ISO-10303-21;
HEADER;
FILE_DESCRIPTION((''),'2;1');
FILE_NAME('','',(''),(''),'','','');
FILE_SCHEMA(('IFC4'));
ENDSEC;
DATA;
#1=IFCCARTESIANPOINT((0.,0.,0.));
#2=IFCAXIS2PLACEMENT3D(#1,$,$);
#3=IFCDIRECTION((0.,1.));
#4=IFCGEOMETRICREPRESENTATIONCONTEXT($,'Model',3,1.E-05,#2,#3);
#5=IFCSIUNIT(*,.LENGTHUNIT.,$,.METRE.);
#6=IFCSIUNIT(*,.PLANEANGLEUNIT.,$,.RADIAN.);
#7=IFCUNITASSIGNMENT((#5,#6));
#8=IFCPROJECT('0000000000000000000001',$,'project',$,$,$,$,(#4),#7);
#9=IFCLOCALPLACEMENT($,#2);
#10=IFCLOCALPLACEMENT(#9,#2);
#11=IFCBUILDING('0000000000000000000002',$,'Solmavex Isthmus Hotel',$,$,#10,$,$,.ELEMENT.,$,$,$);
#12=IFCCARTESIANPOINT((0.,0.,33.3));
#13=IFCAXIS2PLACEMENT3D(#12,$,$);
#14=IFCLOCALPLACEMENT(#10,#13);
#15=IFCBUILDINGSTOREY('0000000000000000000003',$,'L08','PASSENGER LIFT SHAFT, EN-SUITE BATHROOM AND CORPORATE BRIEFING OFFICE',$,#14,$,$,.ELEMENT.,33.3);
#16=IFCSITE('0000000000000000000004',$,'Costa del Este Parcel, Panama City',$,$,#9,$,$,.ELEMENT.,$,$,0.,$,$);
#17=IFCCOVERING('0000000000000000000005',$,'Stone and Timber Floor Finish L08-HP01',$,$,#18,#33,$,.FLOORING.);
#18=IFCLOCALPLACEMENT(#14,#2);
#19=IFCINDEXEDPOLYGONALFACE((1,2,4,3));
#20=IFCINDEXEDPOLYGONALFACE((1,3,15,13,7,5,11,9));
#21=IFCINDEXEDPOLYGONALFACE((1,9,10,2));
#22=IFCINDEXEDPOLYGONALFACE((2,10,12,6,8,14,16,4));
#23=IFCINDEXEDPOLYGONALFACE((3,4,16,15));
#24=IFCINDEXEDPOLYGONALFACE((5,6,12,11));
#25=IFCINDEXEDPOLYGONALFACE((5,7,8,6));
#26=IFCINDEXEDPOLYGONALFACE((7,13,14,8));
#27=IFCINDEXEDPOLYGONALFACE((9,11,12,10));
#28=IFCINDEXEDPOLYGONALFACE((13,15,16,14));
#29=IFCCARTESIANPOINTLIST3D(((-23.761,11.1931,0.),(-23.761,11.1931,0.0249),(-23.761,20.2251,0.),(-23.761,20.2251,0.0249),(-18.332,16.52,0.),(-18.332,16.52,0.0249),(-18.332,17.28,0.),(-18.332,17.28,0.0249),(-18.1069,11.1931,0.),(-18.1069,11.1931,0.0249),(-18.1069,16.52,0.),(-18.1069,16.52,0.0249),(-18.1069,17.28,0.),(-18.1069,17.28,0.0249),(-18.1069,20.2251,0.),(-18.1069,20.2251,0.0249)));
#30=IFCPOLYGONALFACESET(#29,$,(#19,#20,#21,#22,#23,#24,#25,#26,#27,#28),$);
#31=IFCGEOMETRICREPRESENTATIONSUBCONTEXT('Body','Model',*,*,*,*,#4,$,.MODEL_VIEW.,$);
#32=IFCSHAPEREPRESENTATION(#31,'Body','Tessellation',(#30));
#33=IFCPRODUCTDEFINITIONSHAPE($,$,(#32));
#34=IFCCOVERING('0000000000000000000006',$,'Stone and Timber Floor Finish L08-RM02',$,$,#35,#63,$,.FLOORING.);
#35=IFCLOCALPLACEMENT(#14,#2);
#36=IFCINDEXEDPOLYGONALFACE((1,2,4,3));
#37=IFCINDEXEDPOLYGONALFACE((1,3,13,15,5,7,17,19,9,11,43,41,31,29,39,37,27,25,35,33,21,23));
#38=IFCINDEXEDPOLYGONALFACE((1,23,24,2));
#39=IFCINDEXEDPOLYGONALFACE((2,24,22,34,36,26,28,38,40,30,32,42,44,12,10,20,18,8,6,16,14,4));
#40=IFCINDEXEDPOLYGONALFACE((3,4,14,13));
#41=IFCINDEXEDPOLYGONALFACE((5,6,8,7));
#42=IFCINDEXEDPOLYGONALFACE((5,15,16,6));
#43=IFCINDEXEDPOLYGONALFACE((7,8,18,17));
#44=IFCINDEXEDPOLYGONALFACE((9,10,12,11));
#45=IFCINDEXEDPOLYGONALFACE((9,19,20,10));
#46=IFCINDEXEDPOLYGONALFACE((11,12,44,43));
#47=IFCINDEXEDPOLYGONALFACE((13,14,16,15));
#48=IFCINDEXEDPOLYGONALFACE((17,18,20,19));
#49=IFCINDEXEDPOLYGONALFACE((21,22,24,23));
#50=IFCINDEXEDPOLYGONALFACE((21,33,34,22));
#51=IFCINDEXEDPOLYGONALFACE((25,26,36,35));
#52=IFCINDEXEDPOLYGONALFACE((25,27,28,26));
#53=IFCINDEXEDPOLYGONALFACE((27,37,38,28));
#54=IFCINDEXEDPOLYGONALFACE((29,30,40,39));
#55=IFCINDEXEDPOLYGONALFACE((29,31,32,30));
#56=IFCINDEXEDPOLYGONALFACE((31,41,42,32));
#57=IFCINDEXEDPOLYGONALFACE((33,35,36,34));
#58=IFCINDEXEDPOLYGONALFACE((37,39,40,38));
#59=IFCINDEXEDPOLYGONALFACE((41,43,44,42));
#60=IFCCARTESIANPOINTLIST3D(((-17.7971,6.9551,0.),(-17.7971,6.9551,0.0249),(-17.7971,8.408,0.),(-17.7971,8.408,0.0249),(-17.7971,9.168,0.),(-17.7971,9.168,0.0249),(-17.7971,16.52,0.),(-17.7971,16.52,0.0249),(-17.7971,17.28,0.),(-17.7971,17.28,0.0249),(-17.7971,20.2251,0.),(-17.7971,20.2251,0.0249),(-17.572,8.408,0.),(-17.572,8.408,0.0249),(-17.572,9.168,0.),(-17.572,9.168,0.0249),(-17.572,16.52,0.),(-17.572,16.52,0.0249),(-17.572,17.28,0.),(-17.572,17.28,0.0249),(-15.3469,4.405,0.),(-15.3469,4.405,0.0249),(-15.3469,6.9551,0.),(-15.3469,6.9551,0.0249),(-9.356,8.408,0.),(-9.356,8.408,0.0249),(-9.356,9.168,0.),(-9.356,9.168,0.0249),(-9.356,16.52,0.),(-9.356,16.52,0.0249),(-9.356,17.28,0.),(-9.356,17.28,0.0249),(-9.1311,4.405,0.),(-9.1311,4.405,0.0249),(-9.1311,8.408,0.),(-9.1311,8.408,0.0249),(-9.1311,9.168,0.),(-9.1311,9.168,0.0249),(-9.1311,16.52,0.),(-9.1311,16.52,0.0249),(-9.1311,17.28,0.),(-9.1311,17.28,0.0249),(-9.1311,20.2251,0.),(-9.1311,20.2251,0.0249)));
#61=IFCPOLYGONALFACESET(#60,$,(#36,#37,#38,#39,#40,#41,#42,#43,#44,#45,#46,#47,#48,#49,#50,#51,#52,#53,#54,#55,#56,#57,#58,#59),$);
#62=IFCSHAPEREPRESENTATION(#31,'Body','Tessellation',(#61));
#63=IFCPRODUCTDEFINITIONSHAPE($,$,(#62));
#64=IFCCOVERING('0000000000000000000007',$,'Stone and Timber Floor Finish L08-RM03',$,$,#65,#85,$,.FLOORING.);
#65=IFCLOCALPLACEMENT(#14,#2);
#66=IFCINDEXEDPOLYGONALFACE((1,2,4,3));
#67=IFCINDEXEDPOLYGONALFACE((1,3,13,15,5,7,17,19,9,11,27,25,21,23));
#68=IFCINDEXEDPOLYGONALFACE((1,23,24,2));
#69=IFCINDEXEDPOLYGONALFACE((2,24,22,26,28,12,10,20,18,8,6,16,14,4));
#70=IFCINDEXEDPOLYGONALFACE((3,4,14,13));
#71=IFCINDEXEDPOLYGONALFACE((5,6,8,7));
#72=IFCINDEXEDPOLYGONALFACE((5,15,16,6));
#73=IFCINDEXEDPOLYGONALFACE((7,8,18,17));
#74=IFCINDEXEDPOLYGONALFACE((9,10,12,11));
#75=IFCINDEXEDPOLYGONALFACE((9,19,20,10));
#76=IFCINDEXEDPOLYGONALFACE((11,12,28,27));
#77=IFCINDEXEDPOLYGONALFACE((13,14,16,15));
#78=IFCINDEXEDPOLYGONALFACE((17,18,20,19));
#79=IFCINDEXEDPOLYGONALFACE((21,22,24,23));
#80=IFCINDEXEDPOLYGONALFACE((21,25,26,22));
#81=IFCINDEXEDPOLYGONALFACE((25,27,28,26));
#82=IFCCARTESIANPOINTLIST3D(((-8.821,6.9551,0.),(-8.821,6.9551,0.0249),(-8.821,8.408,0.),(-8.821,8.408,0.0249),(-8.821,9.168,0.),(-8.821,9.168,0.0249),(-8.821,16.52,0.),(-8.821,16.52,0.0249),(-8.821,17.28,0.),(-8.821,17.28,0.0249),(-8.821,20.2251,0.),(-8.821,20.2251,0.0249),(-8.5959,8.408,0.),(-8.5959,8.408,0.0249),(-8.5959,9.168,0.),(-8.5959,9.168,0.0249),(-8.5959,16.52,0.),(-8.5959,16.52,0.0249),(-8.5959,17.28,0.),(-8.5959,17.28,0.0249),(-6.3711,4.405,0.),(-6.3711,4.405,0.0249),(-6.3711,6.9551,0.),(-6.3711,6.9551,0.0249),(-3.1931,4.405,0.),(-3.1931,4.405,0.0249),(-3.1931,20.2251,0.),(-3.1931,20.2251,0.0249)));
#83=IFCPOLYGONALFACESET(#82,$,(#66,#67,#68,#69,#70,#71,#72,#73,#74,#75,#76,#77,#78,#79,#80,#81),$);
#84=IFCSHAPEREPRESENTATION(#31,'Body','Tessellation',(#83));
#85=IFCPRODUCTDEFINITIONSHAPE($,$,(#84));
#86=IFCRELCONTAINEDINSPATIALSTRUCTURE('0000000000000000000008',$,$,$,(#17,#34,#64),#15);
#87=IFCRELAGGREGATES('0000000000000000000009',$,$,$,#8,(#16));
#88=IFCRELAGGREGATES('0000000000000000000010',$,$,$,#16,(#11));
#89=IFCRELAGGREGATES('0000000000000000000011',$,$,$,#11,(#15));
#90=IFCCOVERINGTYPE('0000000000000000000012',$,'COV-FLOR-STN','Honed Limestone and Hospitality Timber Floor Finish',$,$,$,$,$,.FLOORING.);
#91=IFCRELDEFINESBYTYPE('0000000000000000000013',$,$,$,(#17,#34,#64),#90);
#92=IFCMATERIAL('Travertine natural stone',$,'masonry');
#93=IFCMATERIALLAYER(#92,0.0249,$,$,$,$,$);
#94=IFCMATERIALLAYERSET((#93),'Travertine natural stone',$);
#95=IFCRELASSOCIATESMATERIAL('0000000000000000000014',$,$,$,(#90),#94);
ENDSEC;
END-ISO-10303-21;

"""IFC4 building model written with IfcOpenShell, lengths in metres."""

from ifc_helpers import new_model, si_unit, direction, frame, origin, place, context, subcontext, project, spatial, polyline, outline, extrude, material, layer, layer_set, type_object, element, save


model = new_model("IFC4")

# Units and contexts
model_context = context("Model", 3, precision=1e-05, world=origin(), true_north=direction((0.0, 1.0)))
body_context = subcontext(model_context, "Body", "Model", "MODEL_VIEW")
ifc_project = project(units=[si_unit("LENGTHUNIT", "METRE"), si_unit("PLANEANGLEUNIT", "RADIAN")], contexts=[model_context])

# Site, building, storey
site_placement = place(None, origin())
site = spatial("IfcSite", under=ifc_project, at=site_placement, Name="Costa del Este Parcel, Panama City", CompositionType="ELEMENT", RefElevation=0.0)
building_placement = place(site_placement, origin())
building = spatial("IfcBuilding", under=site, at=building_placement, Name="Solmavex Isthmus Hotel", CompositionType="ELEMENT")
storey_placement = place(building_placement, frame((0.0, 0.0, 33.3)))
storey = spatial("IfcBuildingStorey", under=building, at=storey_placement, Name="L08", Description="PASSENGER LIFT SHAFT, EN-SUITE BATHROOM AND CORPORATE BRIEFING OFFICE", CompositionType="ELEMENT", Elevation=33.3)

# Coverings
ifc_material_1 = material(Name="Travertine natural stone", Category="masonry")
ifc_layer_1 = layer(ifc_material_1, 0.0249)
ifc_layer_set_1 = layer_set([ifc_layer_1], Name="Travertine natural stone")
covering_type_1 = type_object("IfcCoveringType", Name="COV-FLOR-STN", Description="Honed Limestone and Hospitality Timber Floor Finish", PredefinedType="FLOORING", material=ifc_layer_set_1)
covering_1_placement = place(storey_placement, origin())
element("IfcCovering", 1, at=covering_1_placement, inside=storey, type_object=covering_type_1, Name="Stone and Timber Floor Finish L08-HP01", PredefinedType="FLOORING", context=body_context, shape_type="SweptSolid", body=[
    extrude(outline(polyline([(-18.1069, 16.52), (-18.332, 16.52), (-18.332, 17.28), (-18.1069, 17.28), (-18.1069, 20.2251), (-23.761, 20.2251), (-23.761, 11.1931), (-18.1069, 11.1931), (-18.1069, 16.52)])), origin(), (0.0, 0.0, 1.0), 0.0249),
])
covering_2_placement = place(storey_placement, origin())
element("IfcCovering", 2, at=covering_2_placement, inside=storey, type_object=covering_type_1, Name="Stone and Timber Floor Finish L08-RM02", PredefinedType="FLOORING", context=body_context, shape_type="SweptSolid", body=[
    extrude(outline(polyline([(-17.7971, 9.168), (-17.572, 9.168), (-17.572, 8.408), (-17.7971, 8.408), (-17.7971, 6.9551), (-15.3469, 6.9551), (-15.3469, 4.405), (-9.1311, 4.405), (-9.1311, 8.408), (-9.356, 8.408), (-9.356, 9.168), (-9.1311, 9.168), (-9.1311, 16.52), (-9.356, 16.52), (-9.356, 17.28), (-9.1311, 17.28), (-9.1311, 20.2251), (-17.7971, 20.2251), (-17.7971, 17.28), (-17.572, 17.28), (-17.572, 16.52), (-17.7971, 16.52), (-17.7971, 9.168)])), origin(), (0.0, 0.0, 1.0), 0.0249),
])
covering_3_placement = place(storey_placement, origin())
element("IfcCovering", 3, at=covering_3_placement, inside=storey, type_object=covering_type_1, Name="Stone and Timber Floor Finish L08-RM03", PredefinedType="FLOORING", context=body_context, shape_type="SweptSolid", body=[
    extrude(outline(polyline([(-8.821, 9.168), (-8.5959, 9.168), (-8.5959, 8.408), (-8.821, 8.408), (-8.821, 6.9551), (-6.3711, 6.9551), (-6.3711, 4.405), (-3.1931, 4.405), (-3.1931, 20.2251), (-8.821, 20.2251), (-8.821, 17.28), (-8.5959, 17.28), (-8.5959, 16.52), (-8.821, 16.52), (-8.821, 9.168)])), origin(), (0.0, 0.0, 1.0), 0.0249),
])

save(model, "model.ifc")
